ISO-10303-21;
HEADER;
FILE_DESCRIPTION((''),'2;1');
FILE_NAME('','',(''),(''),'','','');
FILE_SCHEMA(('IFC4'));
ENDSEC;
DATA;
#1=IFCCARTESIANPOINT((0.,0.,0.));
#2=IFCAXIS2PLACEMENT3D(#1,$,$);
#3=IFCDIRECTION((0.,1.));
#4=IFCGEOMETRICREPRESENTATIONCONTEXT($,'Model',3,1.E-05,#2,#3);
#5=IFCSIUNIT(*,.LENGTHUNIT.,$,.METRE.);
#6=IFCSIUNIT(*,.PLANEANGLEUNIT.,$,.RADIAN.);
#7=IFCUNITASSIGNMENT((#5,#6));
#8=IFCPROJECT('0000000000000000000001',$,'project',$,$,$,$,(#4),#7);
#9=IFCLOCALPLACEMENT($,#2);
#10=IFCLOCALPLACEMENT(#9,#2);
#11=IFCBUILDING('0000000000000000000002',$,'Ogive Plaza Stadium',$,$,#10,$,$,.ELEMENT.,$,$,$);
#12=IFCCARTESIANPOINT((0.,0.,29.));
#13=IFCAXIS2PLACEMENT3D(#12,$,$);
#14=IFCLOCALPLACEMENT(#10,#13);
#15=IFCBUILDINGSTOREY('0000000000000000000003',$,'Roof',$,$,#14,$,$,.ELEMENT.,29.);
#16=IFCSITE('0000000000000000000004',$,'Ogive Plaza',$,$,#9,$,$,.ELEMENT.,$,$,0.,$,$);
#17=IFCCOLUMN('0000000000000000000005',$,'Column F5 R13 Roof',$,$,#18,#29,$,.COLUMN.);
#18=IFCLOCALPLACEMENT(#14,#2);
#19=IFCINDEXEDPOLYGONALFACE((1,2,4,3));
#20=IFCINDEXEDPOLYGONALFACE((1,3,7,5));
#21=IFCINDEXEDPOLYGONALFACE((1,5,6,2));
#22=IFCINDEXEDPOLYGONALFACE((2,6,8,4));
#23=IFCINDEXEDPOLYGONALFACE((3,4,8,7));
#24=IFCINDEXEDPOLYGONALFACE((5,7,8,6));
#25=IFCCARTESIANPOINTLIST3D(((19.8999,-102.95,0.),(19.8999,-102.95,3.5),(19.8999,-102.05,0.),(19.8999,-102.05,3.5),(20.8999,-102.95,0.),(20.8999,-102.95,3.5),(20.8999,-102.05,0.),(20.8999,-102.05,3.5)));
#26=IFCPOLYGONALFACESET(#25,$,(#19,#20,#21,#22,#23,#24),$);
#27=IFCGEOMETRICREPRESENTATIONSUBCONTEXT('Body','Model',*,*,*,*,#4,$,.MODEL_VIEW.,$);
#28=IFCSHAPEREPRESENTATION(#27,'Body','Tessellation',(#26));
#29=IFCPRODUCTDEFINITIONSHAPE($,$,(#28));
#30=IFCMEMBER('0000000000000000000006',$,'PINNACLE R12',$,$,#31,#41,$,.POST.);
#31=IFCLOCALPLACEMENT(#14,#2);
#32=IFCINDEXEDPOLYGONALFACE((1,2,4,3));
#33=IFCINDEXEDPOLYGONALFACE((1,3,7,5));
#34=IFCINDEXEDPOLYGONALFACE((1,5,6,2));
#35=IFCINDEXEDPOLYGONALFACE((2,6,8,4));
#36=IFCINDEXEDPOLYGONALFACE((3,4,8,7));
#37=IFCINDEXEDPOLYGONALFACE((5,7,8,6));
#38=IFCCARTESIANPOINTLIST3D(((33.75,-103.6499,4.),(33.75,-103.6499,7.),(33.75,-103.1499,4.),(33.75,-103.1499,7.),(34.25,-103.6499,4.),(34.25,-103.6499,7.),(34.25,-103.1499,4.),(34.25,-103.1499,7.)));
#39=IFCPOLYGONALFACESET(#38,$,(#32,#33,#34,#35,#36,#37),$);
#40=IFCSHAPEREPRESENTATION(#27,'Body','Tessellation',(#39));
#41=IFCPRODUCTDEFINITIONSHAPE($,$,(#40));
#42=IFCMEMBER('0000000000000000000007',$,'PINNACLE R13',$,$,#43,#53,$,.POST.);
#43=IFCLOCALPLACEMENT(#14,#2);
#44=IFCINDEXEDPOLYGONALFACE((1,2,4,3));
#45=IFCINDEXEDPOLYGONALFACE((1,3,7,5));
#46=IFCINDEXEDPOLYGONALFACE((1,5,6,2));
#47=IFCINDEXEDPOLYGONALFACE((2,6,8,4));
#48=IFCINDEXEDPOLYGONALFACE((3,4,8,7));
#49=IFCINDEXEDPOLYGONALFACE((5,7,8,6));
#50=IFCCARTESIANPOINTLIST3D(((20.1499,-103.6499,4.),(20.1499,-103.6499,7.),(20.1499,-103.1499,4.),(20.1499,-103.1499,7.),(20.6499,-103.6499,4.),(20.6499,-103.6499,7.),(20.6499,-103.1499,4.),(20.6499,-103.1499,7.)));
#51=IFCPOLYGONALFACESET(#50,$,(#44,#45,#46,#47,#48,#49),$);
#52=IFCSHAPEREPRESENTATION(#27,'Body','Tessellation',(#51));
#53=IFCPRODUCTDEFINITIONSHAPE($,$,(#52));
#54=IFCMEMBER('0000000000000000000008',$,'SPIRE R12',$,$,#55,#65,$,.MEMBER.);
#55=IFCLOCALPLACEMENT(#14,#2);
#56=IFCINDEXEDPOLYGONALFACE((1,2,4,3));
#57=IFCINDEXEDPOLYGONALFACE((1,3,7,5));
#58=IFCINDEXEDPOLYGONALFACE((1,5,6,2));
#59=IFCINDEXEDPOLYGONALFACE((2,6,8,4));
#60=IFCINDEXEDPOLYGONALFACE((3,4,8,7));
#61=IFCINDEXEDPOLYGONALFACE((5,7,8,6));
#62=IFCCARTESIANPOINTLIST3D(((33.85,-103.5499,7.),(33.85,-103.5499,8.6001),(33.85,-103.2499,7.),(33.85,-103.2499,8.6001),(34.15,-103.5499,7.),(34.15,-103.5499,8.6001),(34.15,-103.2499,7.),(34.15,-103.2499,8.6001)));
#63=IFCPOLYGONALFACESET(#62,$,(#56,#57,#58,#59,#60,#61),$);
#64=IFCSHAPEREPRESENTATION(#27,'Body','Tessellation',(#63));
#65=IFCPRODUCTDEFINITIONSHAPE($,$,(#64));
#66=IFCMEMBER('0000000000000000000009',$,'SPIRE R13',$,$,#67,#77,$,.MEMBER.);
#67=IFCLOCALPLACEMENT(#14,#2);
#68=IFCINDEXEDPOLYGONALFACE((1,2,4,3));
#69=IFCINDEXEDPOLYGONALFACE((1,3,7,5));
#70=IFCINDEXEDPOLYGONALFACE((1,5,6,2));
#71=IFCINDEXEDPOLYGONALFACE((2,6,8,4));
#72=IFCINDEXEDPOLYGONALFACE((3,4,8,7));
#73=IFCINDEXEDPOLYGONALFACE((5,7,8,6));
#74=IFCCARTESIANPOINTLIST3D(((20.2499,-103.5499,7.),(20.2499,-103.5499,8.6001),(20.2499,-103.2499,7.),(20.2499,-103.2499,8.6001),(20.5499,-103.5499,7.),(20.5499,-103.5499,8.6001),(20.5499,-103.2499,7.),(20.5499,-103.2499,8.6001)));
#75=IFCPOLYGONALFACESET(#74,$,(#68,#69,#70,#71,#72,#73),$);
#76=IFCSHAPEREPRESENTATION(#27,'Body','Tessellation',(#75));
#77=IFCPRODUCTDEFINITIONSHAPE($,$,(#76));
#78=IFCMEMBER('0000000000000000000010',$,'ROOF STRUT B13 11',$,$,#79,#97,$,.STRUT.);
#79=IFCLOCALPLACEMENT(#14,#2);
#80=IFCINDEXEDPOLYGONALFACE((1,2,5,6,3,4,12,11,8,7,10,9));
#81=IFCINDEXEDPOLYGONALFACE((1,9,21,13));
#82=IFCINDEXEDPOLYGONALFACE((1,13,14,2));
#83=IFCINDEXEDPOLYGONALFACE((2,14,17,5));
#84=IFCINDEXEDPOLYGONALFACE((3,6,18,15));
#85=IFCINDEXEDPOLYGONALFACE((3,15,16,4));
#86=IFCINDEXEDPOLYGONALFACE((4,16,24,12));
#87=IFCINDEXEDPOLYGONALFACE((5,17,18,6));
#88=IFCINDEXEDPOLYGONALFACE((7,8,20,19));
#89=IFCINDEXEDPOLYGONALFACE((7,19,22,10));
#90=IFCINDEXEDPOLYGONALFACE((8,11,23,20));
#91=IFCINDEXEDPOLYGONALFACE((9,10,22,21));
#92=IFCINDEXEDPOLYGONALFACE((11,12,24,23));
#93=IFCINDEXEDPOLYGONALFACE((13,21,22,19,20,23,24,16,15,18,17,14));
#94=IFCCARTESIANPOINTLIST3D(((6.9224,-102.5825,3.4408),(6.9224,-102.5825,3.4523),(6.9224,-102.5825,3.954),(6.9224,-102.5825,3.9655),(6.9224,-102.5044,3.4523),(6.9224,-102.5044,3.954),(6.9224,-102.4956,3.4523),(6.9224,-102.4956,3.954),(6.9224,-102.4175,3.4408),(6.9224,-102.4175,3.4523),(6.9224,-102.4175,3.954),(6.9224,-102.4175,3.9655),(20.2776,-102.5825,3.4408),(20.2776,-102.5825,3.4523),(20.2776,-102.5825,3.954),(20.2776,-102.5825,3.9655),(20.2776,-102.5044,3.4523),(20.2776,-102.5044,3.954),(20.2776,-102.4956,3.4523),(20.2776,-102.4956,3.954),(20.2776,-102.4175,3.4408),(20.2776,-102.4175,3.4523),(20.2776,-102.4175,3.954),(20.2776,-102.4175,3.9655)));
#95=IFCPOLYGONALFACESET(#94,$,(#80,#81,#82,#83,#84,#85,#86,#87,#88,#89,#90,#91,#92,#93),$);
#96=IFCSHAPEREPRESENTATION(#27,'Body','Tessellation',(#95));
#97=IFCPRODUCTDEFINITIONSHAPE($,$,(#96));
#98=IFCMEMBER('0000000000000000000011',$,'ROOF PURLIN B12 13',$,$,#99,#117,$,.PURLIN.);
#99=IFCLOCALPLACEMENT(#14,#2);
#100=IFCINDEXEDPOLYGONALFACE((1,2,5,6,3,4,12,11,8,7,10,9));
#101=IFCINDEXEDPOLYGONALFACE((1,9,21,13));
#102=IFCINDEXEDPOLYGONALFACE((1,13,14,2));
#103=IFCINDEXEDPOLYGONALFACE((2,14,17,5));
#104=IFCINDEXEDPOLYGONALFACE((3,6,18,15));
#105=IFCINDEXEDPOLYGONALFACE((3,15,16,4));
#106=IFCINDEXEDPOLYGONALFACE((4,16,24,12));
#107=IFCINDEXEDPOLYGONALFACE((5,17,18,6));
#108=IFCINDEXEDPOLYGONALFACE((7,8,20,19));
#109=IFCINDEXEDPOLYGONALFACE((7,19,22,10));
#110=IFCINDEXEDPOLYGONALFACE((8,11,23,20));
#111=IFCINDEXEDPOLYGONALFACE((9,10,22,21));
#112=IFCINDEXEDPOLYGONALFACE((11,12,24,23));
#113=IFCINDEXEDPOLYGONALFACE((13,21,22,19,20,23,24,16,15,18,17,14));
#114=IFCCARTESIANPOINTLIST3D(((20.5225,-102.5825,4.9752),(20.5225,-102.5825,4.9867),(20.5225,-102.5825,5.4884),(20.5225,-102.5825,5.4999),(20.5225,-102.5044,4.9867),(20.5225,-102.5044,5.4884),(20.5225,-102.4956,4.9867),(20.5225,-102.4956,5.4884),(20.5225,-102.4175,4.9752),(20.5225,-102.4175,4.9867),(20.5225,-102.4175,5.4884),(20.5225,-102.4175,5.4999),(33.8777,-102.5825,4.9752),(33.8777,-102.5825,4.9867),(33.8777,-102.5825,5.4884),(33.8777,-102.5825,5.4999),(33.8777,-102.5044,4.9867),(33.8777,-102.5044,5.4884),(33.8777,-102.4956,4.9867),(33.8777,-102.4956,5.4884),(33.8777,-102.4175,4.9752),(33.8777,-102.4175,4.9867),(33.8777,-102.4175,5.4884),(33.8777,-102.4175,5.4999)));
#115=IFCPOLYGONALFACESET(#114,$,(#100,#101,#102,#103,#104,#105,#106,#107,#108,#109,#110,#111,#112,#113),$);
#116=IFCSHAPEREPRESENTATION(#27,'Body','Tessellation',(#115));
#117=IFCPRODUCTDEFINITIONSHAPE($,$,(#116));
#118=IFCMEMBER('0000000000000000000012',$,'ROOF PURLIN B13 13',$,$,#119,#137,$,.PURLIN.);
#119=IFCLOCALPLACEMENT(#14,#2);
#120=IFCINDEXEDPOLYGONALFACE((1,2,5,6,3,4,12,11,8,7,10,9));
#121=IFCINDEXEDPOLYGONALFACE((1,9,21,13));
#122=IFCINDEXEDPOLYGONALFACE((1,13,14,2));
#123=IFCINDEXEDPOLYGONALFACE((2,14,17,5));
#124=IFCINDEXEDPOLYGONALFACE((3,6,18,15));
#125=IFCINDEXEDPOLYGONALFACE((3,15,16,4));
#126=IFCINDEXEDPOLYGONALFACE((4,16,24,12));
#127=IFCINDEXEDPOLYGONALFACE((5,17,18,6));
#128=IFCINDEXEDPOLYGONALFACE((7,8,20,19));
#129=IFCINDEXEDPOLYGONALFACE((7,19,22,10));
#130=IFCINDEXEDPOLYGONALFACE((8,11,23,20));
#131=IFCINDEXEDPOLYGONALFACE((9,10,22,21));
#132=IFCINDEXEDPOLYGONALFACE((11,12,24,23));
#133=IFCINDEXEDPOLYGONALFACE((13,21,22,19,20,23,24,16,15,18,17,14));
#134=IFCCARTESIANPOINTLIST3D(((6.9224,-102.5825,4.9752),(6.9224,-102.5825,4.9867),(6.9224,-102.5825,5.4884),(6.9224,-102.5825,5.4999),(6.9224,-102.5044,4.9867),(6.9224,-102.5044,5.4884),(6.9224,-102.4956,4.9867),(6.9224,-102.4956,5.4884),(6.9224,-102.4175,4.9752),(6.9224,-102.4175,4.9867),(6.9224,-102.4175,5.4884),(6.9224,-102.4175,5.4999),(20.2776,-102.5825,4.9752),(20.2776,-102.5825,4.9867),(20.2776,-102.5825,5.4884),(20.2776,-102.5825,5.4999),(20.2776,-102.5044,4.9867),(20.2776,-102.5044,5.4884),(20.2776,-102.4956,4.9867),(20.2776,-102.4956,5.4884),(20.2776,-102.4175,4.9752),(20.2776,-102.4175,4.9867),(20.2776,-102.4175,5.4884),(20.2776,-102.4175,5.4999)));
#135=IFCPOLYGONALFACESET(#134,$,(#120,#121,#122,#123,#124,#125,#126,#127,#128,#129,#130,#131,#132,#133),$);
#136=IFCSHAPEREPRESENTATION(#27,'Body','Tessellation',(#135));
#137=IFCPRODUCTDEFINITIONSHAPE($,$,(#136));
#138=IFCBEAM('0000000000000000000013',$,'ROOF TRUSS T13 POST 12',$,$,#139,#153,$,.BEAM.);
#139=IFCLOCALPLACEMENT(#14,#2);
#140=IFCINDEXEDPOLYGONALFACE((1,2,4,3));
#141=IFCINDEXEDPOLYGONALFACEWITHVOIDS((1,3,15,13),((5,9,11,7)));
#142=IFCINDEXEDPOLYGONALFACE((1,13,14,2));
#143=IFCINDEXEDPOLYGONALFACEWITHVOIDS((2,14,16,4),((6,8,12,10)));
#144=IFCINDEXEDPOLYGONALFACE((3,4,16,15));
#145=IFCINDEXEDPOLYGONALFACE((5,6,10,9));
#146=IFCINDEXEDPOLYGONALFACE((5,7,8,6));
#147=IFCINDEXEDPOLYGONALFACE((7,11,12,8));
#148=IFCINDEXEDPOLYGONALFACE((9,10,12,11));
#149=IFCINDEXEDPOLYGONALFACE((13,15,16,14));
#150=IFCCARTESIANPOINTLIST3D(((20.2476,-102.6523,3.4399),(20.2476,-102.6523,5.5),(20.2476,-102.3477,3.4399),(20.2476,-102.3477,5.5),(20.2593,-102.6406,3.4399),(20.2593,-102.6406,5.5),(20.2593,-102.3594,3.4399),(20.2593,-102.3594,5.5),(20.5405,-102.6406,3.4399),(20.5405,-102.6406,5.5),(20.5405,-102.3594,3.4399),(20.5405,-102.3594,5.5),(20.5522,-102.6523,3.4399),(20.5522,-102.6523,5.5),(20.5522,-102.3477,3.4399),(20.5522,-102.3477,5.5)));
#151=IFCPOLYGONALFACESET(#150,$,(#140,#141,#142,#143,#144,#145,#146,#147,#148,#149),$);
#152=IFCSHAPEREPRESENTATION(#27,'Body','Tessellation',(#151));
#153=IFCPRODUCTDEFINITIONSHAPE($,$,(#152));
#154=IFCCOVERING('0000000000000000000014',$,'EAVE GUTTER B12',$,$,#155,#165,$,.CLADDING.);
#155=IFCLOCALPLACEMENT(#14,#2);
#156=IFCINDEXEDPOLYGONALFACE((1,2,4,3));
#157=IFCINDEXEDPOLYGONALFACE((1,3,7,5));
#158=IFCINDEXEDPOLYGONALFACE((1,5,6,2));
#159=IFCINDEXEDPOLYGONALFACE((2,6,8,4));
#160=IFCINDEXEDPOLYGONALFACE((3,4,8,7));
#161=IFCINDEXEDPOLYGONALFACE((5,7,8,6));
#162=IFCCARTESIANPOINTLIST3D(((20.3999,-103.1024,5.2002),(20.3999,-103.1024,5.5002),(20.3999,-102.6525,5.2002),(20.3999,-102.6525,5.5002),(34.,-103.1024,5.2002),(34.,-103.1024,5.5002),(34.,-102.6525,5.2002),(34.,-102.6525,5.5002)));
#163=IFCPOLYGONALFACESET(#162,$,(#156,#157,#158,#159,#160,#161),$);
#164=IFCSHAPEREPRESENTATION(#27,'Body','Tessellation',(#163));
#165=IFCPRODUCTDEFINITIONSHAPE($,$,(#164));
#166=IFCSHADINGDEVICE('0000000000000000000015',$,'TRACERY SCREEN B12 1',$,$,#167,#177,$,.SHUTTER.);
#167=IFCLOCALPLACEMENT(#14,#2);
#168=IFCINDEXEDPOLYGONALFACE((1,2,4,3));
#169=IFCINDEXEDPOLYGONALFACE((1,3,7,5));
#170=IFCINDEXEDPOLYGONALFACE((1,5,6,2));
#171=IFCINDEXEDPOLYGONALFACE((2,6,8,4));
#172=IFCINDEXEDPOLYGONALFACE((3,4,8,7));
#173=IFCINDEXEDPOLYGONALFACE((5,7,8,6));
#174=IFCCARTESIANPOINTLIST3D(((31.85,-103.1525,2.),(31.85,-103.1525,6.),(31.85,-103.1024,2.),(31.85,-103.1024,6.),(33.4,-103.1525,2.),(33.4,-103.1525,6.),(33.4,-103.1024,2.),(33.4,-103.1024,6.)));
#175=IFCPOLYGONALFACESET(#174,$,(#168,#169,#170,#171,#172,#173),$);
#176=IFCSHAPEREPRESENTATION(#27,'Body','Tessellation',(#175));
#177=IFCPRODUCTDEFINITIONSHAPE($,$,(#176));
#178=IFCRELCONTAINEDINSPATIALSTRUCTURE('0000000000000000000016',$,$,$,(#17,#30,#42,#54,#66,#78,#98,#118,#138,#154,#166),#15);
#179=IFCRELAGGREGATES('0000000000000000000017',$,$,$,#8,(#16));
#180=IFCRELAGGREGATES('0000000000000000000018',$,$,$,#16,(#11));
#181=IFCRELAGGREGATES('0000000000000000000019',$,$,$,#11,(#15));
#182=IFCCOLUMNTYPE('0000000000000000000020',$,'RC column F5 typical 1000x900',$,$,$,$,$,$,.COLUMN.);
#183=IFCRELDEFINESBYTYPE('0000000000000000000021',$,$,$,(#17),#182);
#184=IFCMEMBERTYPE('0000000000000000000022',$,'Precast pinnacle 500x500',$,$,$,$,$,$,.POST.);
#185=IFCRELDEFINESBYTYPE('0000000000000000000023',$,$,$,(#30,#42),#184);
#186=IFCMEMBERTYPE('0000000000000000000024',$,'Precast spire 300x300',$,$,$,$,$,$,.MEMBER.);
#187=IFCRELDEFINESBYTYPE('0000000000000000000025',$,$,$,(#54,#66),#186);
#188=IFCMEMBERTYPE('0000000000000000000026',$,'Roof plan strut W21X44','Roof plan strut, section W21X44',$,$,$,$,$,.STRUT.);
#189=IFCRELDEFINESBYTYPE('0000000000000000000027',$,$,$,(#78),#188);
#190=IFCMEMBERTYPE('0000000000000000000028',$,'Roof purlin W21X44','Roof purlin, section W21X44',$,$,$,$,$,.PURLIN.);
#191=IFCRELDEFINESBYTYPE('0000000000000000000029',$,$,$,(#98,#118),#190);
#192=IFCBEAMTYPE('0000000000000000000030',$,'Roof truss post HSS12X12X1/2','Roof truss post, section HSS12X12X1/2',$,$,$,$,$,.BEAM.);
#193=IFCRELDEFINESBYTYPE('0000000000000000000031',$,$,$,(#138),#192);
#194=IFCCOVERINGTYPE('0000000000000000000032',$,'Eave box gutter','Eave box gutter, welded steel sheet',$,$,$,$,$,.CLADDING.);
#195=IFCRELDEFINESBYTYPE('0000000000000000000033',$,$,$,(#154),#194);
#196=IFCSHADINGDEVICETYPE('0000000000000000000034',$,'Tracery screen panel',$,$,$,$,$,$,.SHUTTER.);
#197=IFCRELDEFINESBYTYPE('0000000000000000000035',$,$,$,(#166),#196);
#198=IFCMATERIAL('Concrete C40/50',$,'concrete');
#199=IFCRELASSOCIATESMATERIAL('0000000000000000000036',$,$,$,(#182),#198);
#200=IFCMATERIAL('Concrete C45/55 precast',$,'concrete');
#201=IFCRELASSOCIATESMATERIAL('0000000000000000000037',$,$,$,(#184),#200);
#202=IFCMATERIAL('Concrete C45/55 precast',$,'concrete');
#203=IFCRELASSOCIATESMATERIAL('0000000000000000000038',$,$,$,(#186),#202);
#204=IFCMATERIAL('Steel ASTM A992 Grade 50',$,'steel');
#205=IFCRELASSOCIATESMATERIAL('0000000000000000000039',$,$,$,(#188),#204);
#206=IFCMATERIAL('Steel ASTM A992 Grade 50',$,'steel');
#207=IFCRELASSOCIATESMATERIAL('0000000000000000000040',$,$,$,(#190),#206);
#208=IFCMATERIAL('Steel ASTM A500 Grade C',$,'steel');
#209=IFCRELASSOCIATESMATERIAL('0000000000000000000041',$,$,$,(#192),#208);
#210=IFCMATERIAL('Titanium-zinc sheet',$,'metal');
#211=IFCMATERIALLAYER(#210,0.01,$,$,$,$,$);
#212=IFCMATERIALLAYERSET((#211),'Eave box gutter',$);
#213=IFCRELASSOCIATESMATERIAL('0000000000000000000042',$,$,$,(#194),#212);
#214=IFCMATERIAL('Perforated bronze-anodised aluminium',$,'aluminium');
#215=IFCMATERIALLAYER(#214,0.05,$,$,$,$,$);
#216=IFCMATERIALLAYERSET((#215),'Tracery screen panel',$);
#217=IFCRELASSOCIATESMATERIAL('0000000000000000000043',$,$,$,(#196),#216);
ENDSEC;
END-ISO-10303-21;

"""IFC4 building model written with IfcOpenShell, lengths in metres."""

from ifc_helpers import new_model, si_unit, direction, frame, origin, origin_2d, place, context, subcontext, project, spatial, rectangle, hollow_rectangle, i_section, extrude, material, layer, layer_set, material_profile, profile_set, type_object, element, save


model = new_model("IFC4")

# Units and contexts
model_context = context("Model", 3, precision=1e-05, world=origin(), true_north=direction((0.0, 1.0)))
body_context = subcontext(model_context, "Body", "Model", "MODEL_VIEW")
ifc_project = project(units=[si_unit("LENGTHUNIT", "METRE"), si_unit("PLANEANGLEUNIT", "RADIAN")], contexts=[model_context])

# Site, building, storey
site_placement = place(None, origin())
site = spatial("IfcSite", under=ifc_project, at=site_placement, Name="Ogive Plaza", CompositionType="ELEMENT", RefElevation=0.0)
building_placement = place(site_placement, origin())
building = spatial("IfcBuilding", under=site, at=building_placement, Name="Ogive Plaza Stadium", CompositionType="ELEMENT")
storey_placement = place(building_placement, frame((0.0, 0.0, 29.0)))
storey = spatial("IfcBuildingStorey", under=building, at=storey_placement, Name="Roof", CompositionType="ELEMENT", Elevation=29.0)

# Column
ifc_material_1 = material(Name="Concrete C40/50", Category="concrete")
ifc_material_profile_1 = material_profile(ifc_material_1, rectangle(XDim=1.0, YDim=0.8999, at=origin_2d()), Name="RC 1000x900")
ifc_profile_set_1 = profile_set([ifc_material_profile_1], Name="Concrete C40/50")
column_type = type_object("IfcColumnType", Name="RC column F5 typical 1000x900", PredefinedType="COLUMN", material=ifc_profile_set_1)
column_placement = place(storey_placement, frame((20.3999, -102.5, 0.0), z_axis=(0.0, 0.0, 1.0), x_axis=(1.0, 0.0, 0.0)))
element("IfcColumn", 1, at=column_placement, inside=storey, type_object=column_type, Name="Column F5 R13 Roof", PredefinedType="COLUMN", context=body_context, shape_type="SweptSolid", body=[
    extrude(rectangle(XDim=1.0, YDim=0.8999, at=origin_2d()), origin(), (0.0, 0.0, 1.0), 3.5),
])

# Members
ifc_material_2 = material(Name="Concrete C45/55 precast", Category="concrete")
ifc_material_profile_2 = material_profile(ifc_material_2, rectangle(XDim=0.5, YDim=0.5, at=origin_2d()), Name="RC 500x500")
ifc_profile_set_2 = profile_set([ifc_material_profile_2], Name="Concrete C45/55 precast")
member_type_1 = type_object("IfcMemberType", Name="Precast pinnacle 500x500", PredefinedType="POST", material=ifc_profile_set_2)
for number, where, z_axis, x_axis, name in (
    (2, (34.0, -103.3999, 4.0), (0.0, 0.0, 1.0), (1.0, 0.0, 0.0), "PINNACLE R12"),
    (3, (20.3999, -103.3999, 4.0), (0.0, 0.0, 1.0), (1.0, 0.0, 0.0), "PINNACLE R13"),
):
    element("IfcMember", number, at=place(storey_placement, frame(where, z_axis=z_axis, x_axis=x_axis)), inside=storey, type_object=member_type_1, Name=name, PredefinedType="POST", context=body_context, shape_type="SweptSolid", body=[
        extrude(rectangle(XDim=0.5, YDim=0.5, at=origin_2d()), origin(), (0.0, 0.0, 1.0), 3.0),
    ])
ifc_material_3 = material(Name="Concrete C45/55 precast", Category="concrete")
ifc_material_profile_3 = material_profile(ifc_material_3, rectangle(XDim=0.3, YDim=0.3, at=origin_2d()), Name="RC 300x300")
ifc_profile_set_3 = profile_set([ifc_material_profile_3], Name="Concrete C45/55 precast")
member_type_2 = type_object("IfcMemberType", Name="Precast spire 300x300", PredefinedType="MEMBER", material=ifc_profile_set_3)
for number, where, z_axis, x_axis, name in (
    (4, (34.0, -103.3999, 7.0), (0.0, 0.0, 1.0), (1.0, 0.0, 0.0), "SPIRE R12"),
    (5, (20.3999, -103.3999, 7.0), (0.0, 0.0, 1.0), (1.0, 0.0, 0.0), "SPIRE R13"),
):
    element("IfcMember", number, at=place(storey_placement, frame(where, z_axis=z_axis, x_axis=x_axis)), inside=storey, type_object=member_type_2, Name=name, PredefinedType="MEMBER", context=body_context, shape_type="SweptSolid", body=[
        extrude(rectangle(XDim=0.3, YDim=0.3, at=origin_2d()), origin(), (0.0, 0.0, 1.0), 1.6001),
    ])
ifc_material_4 = material(Name="Steel ASTM A992 Grade 50", Category="steel")
ifc_material_profile_4 = material_profile(ifc_material_4, i_section(OverallWidth=0.165, OverallDepth=0.5247, WebThickness=0.0088, FlangeThickness=0.0115, at=origin_2d()), Name="W21X44")
ifc_profile_set_4 = profile_set([ifc_material_profile_4], Name="Steel ASTM A992 Grade 50")
member_type_3 = type_object("IfcMemberType", Name="Roof plan strut W21X44", Description="Roof plan strut, section W21X44", PredefinedType="STRUT", material=ifc_profile_set_4)
member_placement = place(storey_placement, frame((20.2776, -102.5, 3.7031), z_axis=(-1.0, 0.0, 0.0), x_axis=(0.0, -1.0, 0.0)))
element("IfcMember", 6, at=member_placement, inside=storey, type_object=member_type_3, Name="ROOF STRUT B13 11", PredefinedType="STRUT", context=body_context, shape_type="SweptSolid", body=[
    extrude(i_section(OverallWidth=0.165, OverallDepth=0.5247, WebThickness=0.0088, FlangeThickness=0.0115, at=origin_2d()), origin(), (0.0, 0.0, 1.0), 13.3552),
])
ifc_material_5 = material(Name="Steel ASTM A992 Grade 50", Category="steel")
ifc_material_profile_5 = material_profile(ifc_material_5, i_section(OverallWidth=0.165, OverallDepth=0.5247, WebThickness=0.0088, FlangeThickness=0.0115, at=origin_2d()), Name="W21X44")
ifc_profile_set_5 = profile_set([ifc_material_profile_5], Name="Steel ASTM A992 Grade 50")
member_type_4 = type_object("IfcMemberType", Name="Roof purlin W21X44", Description="Roof purlin, section W21X44", PredefinedType="PURLIN", material=ifc_profile_set_5)
for number, where, z_axis, x_axis, name in (
    (7, (33.8777, -102.5, 5.2375), (-1.0, 0.0, 0.0), (0.0, -1.0, 0.0), "ROOF PURLIN B12 13"),
    (8, (20.2776, -102.5, 5.2375), (-1.0, 0.0, 0.0), (0.0, -1.0, 0.0), "ROOF PURLIN B13 13"),
):
    element("IfcMember", number, at=place(storey_placement, frame(where, z_axis=z_axis, x_axis=x_axis)), inside=storey, type_object=member_type_4, Name=name, PredefinedType="PURLIN", context=body_context, shape_type="SweptSolid", body=[
        extrude(i_section(OverallWidth=0.165, OverallDepth=0.5247, WebThickness=0.0088, FlangeThickness=0.0115, at=origin_2d()), origin(), (0.0, 0.0, 1.0), 13.3552),
    ])

# Beam
ifc_material_6 = material(Name="Steel ASTM A500 Grade C", Category="steel")
ifc_material_profile_6 = material_profile(ifc_material_6, hollow_rectangle(XDim=0.3047, YDim=0.3047, WallThickness=0.0117, at=origin_2d()), Name="HSS12X12X1/2")
ifc_profile_set_6 = profile_set([ifc_material_profile_6], Name="Steel ASTM A500 Grade C")
beam_type = type_object("IfcBeamType", Name="Roof truss post HSS12X12X1/2", Description="Roof truss post, section HSS12X12X1/2", PredefinedType="BEAM", material=ifc_profile_set_6)
beam_placement = place(storey_placement, frame((20.3999, -102.5, 3.4399), z_axis=(0.0, 0.0, 1.0), x_axis=(1.0, 0.0, 0.0)))
element("IfcBeam", 9, at=beam_placement, inside=storey, type_object=beam_type, Name="ROOF TRUSS T13 POST 12", PredefinedType="BEAM", context=body_context, shape_type="SweptSolid", body=[
    extrude(hollow_rectangle(XDim=0.3047, YDim=0.3047, WallThickness=0.0117, at=origin_2d()), origin(), (0.0, 0.0, 1.0), 2.0601),
])

# Covering
ifc_material_7 = material(Name="Titanium-zinc sheet", Category="metal")
ifc_layer_1 = layer(ifc_material_7, 0.01)
ifc_layer_set_1 = layer_set([ifc_layer_1], Name="Eave box gutter")
covering_type = type_object("IfcCoveringType", Name="Eave box gutter", Description="Eave box gutter, welded steel sheet", PredefinedType="CLADDING", material=ifc_layer_set_1)
covering_placement = place(storey_placement, frame((27.2, -102.8774, 5.2002), z_axis=(0.0, 0.0, 1.0), x_axis=(-1.0, 0.0, 0.0)))
element("IfcCovering", 10, at=covering_placement, inside=storey, type_object=covering_type, Name="EAVE GUTTER B12", PredefinedType="CLADDING", context=body_context, shape_type="SweptSolid", body=[
    extrude(rectangle(XDim=13.6001, YDim=0.45, at=origin_2d()), origin(), (0.0, 0.0, 1.0), 0.3),
])

# Shading device
ifc_material_8 = material(Name="Perforated bronze-anodised aluminium", Category="aluminium")
ifc_layer_2 = layer(ifc_material_8, 0.05)
ifc_layer_set_2 = layer_set([ifc_layer_2], Name="Tracery screen panel")
shading_device_type = type_object("IfcShadingDeviceType", Name="Tracery screen panel", PredefinedType="SHUTTER", material=ifc_layer_set_2)
for number, where, z_axis, x_axis, name in (
    (11, (32.625, -103.1274, 2.0), (0.0, 0.0, 1.0), (-1.0, 0.0, 0.0), "TRACERY SCREEN B12 1"),
):
    element("IfcShadingDevice", number, at=place(storey_placement, frame(where, z_axis=z_axis, x_axis=x_axis)), inside=storey, type_object=shading_device_type, Name=name, PredefinedType="SHUTTER", context=body_context, shape_type="SweptSolid", body=[
        extrude(rectangle(XDim=1.55, YDim=0.05, at=origin_2d()), origin(), (0.0, 0.0, 1.0), 4.0),
    ])

save(model, "model.ifc")
